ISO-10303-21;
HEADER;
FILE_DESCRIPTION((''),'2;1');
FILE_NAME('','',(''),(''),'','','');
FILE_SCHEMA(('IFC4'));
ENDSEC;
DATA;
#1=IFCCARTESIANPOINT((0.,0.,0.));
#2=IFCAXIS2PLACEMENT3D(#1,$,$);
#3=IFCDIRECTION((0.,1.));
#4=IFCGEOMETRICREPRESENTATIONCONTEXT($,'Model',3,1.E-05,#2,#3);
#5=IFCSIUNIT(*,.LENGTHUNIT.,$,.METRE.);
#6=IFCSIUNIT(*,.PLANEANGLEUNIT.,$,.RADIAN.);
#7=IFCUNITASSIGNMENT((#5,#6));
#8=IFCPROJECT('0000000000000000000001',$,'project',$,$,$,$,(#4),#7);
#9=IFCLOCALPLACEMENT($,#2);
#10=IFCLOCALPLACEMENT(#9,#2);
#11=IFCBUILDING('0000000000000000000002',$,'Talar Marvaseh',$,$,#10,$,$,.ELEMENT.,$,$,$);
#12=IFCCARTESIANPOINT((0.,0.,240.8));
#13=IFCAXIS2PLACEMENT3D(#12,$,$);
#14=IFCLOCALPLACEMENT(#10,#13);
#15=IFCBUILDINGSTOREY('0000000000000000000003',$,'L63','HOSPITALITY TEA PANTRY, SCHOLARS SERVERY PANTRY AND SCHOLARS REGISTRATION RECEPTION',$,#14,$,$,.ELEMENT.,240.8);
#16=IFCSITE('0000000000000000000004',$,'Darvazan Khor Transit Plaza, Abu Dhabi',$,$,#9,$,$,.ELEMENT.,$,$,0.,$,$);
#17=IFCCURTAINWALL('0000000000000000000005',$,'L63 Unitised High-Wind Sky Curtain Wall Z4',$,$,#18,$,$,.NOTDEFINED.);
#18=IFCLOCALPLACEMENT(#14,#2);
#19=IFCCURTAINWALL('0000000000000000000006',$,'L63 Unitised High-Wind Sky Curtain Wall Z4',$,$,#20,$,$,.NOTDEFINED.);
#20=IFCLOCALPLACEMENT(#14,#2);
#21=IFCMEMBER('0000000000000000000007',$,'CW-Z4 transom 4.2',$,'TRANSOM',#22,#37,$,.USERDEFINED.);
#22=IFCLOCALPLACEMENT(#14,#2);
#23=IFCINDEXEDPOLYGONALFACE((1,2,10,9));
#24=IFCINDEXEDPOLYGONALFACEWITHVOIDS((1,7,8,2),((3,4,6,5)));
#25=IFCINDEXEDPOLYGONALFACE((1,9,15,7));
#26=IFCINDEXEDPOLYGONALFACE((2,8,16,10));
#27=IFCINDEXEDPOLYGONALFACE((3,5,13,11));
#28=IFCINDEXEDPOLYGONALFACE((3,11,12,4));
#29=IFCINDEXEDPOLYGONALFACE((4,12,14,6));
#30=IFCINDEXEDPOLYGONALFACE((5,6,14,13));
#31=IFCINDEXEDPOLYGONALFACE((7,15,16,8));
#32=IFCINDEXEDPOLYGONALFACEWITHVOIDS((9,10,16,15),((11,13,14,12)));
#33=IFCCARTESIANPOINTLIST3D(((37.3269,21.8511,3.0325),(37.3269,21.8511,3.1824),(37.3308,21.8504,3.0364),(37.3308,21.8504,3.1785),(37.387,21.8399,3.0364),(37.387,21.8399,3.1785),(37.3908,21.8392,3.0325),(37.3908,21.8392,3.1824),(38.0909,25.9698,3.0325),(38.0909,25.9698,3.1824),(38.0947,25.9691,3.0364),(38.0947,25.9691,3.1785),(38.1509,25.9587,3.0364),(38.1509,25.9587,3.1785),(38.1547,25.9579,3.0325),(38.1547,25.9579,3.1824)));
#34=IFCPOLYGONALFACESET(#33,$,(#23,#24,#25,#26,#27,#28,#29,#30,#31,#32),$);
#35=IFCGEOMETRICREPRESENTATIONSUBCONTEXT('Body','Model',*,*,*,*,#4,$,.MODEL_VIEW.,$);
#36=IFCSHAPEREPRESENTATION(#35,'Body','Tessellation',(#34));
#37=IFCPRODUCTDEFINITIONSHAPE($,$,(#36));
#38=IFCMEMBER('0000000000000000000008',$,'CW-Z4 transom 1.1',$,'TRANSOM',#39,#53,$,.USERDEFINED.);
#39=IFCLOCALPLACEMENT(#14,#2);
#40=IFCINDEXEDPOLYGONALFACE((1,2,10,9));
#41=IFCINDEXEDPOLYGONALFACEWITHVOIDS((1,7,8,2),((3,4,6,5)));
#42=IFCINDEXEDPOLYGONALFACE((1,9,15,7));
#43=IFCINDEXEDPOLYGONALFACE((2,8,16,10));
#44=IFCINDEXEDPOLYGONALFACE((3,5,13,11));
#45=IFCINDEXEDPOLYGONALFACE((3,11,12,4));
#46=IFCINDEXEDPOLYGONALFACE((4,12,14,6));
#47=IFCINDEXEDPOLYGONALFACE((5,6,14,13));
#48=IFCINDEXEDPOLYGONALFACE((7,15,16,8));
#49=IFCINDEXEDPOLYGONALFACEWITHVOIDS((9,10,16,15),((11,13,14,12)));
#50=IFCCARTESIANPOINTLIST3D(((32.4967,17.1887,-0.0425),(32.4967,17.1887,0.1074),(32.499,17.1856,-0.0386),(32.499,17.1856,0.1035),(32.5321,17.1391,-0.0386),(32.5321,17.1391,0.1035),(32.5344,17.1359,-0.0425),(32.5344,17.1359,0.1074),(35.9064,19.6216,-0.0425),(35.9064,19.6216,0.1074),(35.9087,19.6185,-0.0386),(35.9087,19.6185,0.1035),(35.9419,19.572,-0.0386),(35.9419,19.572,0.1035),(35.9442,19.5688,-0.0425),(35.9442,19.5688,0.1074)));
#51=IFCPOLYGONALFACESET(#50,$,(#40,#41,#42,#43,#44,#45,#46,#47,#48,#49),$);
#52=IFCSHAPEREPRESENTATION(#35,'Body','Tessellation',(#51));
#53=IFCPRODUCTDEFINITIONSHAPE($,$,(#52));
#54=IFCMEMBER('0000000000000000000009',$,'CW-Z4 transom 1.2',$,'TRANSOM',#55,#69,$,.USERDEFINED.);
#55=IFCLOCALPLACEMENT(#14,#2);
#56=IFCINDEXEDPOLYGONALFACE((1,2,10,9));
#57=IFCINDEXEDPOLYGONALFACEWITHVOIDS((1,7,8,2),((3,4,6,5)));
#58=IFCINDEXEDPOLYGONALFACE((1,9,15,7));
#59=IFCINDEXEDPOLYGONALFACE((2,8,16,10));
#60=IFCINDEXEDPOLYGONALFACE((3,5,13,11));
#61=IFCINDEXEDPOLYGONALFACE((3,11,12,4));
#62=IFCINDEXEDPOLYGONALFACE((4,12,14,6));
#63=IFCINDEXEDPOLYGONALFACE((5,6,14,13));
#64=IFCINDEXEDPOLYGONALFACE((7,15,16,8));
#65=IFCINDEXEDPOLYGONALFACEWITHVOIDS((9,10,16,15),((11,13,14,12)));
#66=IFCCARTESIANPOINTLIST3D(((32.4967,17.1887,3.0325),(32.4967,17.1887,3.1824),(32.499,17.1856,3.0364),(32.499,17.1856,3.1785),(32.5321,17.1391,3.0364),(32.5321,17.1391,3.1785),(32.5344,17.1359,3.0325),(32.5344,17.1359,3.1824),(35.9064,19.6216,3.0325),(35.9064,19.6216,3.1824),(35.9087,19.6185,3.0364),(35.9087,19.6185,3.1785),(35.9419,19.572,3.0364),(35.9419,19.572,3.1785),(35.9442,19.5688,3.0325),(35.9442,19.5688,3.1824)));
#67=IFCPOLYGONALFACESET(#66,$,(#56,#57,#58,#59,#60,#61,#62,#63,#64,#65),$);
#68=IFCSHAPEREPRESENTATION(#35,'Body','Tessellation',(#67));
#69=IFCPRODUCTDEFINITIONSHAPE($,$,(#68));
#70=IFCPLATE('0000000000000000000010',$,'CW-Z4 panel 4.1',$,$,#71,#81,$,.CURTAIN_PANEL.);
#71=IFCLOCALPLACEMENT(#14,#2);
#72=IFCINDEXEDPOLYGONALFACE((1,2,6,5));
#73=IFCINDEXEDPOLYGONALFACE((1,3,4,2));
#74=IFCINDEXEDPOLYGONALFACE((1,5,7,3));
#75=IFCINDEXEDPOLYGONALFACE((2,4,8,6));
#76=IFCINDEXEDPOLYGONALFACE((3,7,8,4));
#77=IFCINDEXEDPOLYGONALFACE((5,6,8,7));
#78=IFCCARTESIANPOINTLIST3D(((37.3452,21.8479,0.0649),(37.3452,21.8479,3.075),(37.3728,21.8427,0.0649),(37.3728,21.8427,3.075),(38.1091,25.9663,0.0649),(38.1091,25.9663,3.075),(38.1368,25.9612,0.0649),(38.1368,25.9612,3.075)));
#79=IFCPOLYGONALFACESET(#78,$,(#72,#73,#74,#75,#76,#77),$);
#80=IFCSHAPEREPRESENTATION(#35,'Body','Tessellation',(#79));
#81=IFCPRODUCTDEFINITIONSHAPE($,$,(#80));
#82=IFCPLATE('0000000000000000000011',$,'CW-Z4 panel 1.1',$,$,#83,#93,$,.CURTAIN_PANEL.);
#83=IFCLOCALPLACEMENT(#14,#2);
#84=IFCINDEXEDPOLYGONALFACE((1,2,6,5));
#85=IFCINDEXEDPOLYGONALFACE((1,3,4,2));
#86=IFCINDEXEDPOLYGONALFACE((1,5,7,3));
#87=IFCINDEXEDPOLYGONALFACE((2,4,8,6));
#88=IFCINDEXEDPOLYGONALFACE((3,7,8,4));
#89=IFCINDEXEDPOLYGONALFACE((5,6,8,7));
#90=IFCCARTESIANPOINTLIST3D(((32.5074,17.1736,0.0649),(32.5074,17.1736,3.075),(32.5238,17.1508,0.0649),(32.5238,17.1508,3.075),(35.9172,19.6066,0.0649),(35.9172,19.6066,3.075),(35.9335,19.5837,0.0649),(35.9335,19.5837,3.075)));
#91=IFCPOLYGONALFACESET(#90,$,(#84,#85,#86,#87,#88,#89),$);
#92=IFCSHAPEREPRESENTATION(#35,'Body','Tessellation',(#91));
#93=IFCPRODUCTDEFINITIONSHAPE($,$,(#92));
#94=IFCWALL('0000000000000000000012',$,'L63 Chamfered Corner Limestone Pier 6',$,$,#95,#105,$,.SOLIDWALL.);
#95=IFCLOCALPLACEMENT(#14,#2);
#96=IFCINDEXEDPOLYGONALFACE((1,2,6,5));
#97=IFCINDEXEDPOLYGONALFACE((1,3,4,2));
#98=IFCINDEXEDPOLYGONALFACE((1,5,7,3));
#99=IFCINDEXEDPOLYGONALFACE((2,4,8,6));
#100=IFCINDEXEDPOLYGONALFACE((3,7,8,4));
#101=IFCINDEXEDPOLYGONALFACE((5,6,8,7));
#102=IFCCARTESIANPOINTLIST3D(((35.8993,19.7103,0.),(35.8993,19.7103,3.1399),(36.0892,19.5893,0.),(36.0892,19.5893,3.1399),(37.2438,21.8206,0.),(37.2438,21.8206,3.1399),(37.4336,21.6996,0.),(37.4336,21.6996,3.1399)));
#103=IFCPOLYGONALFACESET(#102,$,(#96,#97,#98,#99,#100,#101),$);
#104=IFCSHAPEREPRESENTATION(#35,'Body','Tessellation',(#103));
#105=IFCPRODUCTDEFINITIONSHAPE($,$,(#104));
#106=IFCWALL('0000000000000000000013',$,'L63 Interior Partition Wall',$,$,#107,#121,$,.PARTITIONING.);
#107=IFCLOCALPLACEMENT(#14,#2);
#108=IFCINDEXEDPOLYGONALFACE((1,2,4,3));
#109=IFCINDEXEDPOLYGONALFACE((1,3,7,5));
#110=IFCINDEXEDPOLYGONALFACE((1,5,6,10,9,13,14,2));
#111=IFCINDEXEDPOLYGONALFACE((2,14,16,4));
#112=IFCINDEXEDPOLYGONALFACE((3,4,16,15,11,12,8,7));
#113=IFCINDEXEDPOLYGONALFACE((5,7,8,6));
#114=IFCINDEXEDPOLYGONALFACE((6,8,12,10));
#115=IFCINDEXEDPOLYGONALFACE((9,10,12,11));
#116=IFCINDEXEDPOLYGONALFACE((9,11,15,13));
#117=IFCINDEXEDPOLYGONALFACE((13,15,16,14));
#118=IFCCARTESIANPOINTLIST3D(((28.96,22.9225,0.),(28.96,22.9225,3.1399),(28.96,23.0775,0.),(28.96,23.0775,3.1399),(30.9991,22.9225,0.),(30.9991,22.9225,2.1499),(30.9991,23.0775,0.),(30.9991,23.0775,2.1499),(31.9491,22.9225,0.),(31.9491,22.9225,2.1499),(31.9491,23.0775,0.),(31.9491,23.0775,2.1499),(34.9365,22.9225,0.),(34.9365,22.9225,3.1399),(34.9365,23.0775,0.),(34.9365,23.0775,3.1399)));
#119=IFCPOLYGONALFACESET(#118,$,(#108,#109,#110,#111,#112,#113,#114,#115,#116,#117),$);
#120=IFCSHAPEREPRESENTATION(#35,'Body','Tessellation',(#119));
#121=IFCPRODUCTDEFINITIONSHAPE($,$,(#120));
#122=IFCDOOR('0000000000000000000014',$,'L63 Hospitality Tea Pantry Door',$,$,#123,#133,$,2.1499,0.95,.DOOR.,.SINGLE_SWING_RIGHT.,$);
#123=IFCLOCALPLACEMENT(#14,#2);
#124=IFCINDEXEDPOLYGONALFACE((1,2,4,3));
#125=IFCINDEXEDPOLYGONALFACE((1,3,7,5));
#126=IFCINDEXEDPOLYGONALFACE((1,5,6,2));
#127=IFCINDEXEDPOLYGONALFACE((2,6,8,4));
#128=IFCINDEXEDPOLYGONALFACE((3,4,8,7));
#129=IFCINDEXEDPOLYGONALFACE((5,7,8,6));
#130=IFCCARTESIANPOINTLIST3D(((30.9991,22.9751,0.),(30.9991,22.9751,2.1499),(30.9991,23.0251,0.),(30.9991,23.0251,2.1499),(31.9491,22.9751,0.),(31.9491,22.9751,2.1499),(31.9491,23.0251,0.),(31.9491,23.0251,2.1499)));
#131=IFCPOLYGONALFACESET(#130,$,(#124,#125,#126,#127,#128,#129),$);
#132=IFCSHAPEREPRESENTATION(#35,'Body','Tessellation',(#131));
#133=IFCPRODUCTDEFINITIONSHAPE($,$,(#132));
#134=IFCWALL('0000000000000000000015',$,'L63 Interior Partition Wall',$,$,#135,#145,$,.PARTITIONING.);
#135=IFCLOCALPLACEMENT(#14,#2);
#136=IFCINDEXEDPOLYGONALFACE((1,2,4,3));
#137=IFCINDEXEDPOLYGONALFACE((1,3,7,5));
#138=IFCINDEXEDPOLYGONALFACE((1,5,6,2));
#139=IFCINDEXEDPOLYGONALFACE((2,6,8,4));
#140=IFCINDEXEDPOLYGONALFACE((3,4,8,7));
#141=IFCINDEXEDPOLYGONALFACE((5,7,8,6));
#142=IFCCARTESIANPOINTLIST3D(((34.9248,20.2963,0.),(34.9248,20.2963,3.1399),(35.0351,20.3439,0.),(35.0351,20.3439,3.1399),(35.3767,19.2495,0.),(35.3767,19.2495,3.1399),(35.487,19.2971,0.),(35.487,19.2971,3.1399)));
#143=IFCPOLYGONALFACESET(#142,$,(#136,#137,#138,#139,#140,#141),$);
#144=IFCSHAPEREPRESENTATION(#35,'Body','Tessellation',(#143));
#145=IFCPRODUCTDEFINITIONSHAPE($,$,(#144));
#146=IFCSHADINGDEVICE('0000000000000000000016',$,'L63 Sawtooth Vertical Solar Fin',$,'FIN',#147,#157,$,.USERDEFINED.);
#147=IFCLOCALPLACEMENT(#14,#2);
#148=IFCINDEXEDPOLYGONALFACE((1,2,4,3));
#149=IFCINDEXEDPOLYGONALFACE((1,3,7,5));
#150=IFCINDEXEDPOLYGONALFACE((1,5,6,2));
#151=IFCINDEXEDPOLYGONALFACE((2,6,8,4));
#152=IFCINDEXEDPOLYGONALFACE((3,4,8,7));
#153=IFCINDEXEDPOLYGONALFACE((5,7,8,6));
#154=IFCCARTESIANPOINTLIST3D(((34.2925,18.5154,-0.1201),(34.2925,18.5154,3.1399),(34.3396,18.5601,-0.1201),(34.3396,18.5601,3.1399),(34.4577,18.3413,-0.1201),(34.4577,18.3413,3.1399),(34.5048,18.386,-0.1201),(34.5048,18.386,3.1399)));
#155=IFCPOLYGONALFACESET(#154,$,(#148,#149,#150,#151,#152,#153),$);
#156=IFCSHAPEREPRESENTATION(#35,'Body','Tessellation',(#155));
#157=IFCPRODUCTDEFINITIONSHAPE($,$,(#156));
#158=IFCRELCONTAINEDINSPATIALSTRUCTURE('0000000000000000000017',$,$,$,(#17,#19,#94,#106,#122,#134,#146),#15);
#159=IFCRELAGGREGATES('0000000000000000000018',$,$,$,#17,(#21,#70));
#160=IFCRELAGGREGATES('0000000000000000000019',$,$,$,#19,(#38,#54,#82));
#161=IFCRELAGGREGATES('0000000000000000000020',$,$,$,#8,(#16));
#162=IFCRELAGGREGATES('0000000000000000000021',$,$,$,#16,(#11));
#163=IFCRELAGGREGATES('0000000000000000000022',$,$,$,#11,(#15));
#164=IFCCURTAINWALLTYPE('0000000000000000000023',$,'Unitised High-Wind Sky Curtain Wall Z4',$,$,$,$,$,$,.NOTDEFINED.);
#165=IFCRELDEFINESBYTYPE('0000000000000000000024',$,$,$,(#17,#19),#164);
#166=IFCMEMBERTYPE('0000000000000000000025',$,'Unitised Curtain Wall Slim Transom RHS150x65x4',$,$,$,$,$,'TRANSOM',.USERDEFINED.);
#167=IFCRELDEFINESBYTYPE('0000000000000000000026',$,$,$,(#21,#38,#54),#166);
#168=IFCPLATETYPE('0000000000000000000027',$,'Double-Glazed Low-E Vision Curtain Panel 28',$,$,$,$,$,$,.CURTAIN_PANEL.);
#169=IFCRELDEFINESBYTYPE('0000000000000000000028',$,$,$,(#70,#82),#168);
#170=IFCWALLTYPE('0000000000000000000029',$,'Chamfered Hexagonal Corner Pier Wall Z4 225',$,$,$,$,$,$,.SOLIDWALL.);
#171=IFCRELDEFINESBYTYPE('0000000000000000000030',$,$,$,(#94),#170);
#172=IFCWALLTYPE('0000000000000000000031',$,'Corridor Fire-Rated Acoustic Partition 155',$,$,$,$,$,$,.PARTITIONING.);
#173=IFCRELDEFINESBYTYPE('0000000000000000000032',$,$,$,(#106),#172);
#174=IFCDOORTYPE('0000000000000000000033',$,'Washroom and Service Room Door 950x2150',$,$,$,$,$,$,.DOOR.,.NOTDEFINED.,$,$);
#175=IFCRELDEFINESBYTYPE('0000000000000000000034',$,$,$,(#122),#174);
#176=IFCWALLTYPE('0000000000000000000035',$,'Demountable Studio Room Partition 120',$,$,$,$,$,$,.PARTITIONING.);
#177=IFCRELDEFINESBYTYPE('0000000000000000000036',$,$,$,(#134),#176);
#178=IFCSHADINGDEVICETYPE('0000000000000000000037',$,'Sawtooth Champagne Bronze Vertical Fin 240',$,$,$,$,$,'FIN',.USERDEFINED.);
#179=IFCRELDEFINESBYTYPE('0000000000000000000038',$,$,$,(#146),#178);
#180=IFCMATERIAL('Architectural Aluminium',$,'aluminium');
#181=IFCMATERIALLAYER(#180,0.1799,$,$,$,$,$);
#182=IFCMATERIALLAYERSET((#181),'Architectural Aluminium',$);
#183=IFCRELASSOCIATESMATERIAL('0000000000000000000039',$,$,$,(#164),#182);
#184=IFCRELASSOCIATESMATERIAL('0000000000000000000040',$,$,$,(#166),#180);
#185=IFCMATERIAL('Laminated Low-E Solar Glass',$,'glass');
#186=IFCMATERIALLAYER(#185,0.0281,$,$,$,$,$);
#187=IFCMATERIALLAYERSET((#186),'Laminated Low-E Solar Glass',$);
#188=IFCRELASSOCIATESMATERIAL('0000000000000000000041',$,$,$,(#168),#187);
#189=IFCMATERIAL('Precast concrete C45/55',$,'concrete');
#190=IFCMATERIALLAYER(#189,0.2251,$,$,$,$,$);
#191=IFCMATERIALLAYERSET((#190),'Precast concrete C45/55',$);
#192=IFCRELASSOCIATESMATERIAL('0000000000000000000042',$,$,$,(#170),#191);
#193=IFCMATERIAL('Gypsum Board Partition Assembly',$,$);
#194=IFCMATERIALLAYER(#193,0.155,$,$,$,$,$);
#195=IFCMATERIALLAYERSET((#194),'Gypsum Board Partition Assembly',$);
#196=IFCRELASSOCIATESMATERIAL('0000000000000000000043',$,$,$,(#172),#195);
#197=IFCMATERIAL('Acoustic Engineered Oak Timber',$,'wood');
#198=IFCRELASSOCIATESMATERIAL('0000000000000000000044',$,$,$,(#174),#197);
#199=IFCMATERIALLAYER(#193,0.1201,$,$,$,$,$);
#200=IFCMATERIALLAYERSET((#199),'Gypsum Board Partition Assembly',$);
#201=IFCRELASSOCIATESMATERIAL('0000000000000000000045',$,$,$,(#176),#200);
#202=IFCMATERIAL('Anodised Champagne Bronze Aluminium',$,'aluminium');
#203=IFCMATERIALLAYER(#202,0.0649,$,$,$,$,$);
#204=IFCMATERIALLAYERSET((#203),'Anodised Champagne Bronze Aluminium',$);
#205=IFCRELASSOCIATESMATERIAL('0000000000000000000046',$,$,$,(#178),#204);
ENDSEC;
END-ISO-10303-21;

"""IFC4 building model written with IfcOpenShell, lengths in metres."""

from ifc_helpers import new_model, si_unit, direction, frame, frame_2d, origin, origin_2d, place, context, subcontext, project, spatial, rectangle, hollow_rectangle, extrude, source, transform, mapped, material, layer, layer_set, material_profile, profile_set, type_object, type_shapes, element, fill, aggregate, save


model = new_model("IFC4")

# Units and contexts
model_context = context("Model", 3, precision=1e-05, world=origin(), true_north=direction((0.0, 1.0)))
body_context = subcontext(model_context, "Body", "Model", "MODEL_VIEW")
ifc_project = project(units=[si_unit("LENGTHUNIT", "METRE"), si_unit("PLANEANGLEUNIT", "RADIAN")], contexts=[model_context])

# Site, building, storey
site_placement = place(None, origin())
site = spatial("IfcSite", under=ifc_project, at=site_placement, Name="Darvazan Khor Transit Plaza, Abu Dhabi", CompositionType="ELEMENT", RefElevation=0.0)
building_placement = place(site_placement, origin())
building = spatial("IfcBuilding", under=site, at=building_placement, Name="Talar Marvaseh", CompositionType="ELEMENT")
storey_placement = place(building_placement, frame((0.0, 0.0, 240.8)))
storey = spatial("IfcBuildingStorey", under=building, at=storey_placement, Name="L63", Description="HOSPITALITY TEA PANTRY, SCHOLARS SERVERY PANTRY AND SCHOLARS REGISTRATION RECEPTION", CompositionType="ELEMENT", Elevation=240.8)

# Curtain wall
ifc_material_1 = material(Name="Architectural Aluminium", Category="aluminium")
ifc_layer_1 = layer(ifc_material_1, 0.1799)
ifc_layer_set_1 = layer_set([ifc_layer_1], Name="Architectural Aluminium")
curtain_wall_type = type_object("IfcCurtainWallType", Name="Unitised High-Wind Sky Curtain Wall Z4", PredefinedType="NOTDEFINED", material=ifc_layer_set_1)
curtain_wall_1_placement = place(storey_placement, origin())
curtain_wall_1 = element("IfcCurtainWall", 1, at=curtain_wall_1_placement, inside=storey, type_object=curtain_wall_type, Name="L63 Unitised High-Wind Sky Curtain Wall Z4", PredefinedType="NOTDEFINED")

# Curtain wall
curtain_wall_2_placement = place(storey_placement, origin())
curtain_wall_2 = element("IfcCurtainWall", 2, at=curtain_wall_2_placement, inside=storey, type_object=curtain_wall_type, Name="L63 Unitised High-Wind Sky Curtain Wall Z4", PredefinedType="NOTDEFINED")

# Members
ifc_material_profile_1 = material_profile(ifc_material_1, hollow_rectangle(XDim=0.0649, YDim=0.1499, WallThickness=0.0039, at=origin_2d()), Name="RHS150x65x4")
ifc_profile_set_1 = profile_set([ifc_material_profile_1], Name="Architectural Aluminium")
member_type_1 = type_object("IfcMemberType", Name="Unitised Curtain Wall Slim Transom RHS150x65x4", ElementType="TRANSOM", PredefinedType="USERDEFINED", material=ifc_profile_set_1)
shared_shape_1 = source(origin(), body_context, "Body", "SweptSolid", [
    extrude(hollow_rectangle(XDim=0.0649, YDim=0.1499, WallThickness=0.0039, at=origin_2d()), origin(), (0.0, 0.0, 1.0), 4.189),
])
member_1_placement = place(storey_placement, frame((38.1228, 25.9639, 3.1074), z_axis=(-0.182367, -0.983231, 0.0), x_axis=(0.983231, -0.182367, 0.0)))
member_1 = element("IfcMember", 3, at=member_1_placement, type_object=member_type_1, Name="CW-Z4 transom 4.2", ObjectType="TRANSOM", PredefinedType="USERDEFINED", context=body_context, shape_type="MappedRepresentation", body=[
    mapped(shared_shape_1, transform((0.0, 0.0, 0.0), x_axis=(1.0, 0.0, 0.0), y_axis=(0.0, 1.0, 0.0), z_axis=(0.0, 0.0, 1.0), scale=1.0)),
])
shared_shape_2 = source(origin(), body_context, "Body", "SweptSolid", [
    extrude(hollow_rectangle(XDim=0.0649, YDim=0.1499, WallThickness=0.0039, at=origin_2d()), origin(), (0.0, 0.0, 1.0), 4.1887),
])
type_shapes(member_type_1, [shared_shape_1, shared_shape_2])
member_2_placement = place(storey_placement, frame((35.9253, 19.5952, 0.0325), z_axis=(-0.814029, -0.580825, 0.0), x_axis=(0.580825, -0.814029, 0.0)))
member_2 = element("IfcMember", 4, at=member_2_placement, type_object=member_type_1, Name="CW-Z4 transom 1.1", ObjectType="TRANSOM", PredefinedType="USERDEFINED", context=body_context, shape_type="MappedRepresentation", body=[
    mapped(shared_shape_2, transform((0.0, 0.0, 0.0), x_axis=(1.0, 0.0, 0.0), y_axis=(0.0, 1.0, 0.0), z_axis=(0.0, 0.0, 1.0), scale=1.0)),
])
member_3_placement = place(storey_placement, frame((35.9253, 19.5952, 3.1074), z_axis=(-0.814029, -0.580825, 0.0), x_axis=(0.580825, -0.814029, 0.0)))
member_3 = element("IfcMember", 5, at=member_3_placement, type_object=member_type_1, Name="CW-Z4 transom 1.2", ObjectType="TRANSOM", PredefinedType="USERDEFINED", context=body_context, shape_type="MappedRepresentation", body=[
    mapped(shared_shape_2, transform((0.0, 0.0, 0.0), x_axis=(1.0, 0.0, 0.0), y_axis=(0.0, 1.0, 0.0), z_axis=(0.0, 0.0, 1.0), scale=1.0)),
])

# Plates
ifc_material_2 = material(Name="Laminated Low-E Solar Glass", Category="glass")
ifc_layer_2 = layer(ifc_material_2, 0.0281)
ifc_layer_set_2 = layer_set([ifc_layer_2], Name="Laminated Low-E Solar Glass")
plate_type = type_object("IfcPlateType", Name="Double-Glazed Low-E Vision Curtain Panel 28", PredefinedType="CURTAIN_PANEL", material=ifc_layer_set_2)
shared_shape_3 = source(origin(), body_context, "Body", "SweptSolid", [
    extrude(rectangle(XDim=4.1887, YDim=0.0281, at=origin_2d()), origin(), (0.0, 0.0, 1.0), 3.01),
])
type_shapes(plate_type, [shared_shape_3])
plate_1_placement = place(storey_placement, frame((37.741, 23.9045, 0.0649), z_axis=(0.0, 0.0, 1.0), x_axis=(-0.182386, -0.983227, 0.0)))
plate_1 = element("IfcPlate", 6, at=plate_1_placement, type_object=plate_type, Name="CW-Z4 panel 4.1", PredefinedType="CURTAIN_PANEL", context=body_context, shape_type="MappedRepresentation", body=[
    mapped(shared_shape_3, transform((0.0, 0.0, 0.0), x_axis=(1.0, 0.0, 0.0), y_axis=(0.0, 1.0, 0.0), z_axis=(0.0, 0.0, 1.0), scale=1.0)),
])
aggregate(curtain_wall_1, [member_1, plate_1])
plate_2_placement = place(storey_placement, frame((34.2205, 18.3787, 0.0649), z_axis=(0.0, 0.0, 1.0), x_axis=(-0.814024, -0.580831, 0.0)))
plate_2 = element("IfcPlate", 7, at=plate_2_placement, type_object=plate_type, Name="CW-Z4 panel 1.1", PredefinedType="CURTAIN_PANEL", context=body_context, shape_type="MappedRepresentation", body=[
    mapped(shared_shape_3, transform((0.0, 0.0, 0.0), x_axis=(1.0, 0.0, 0.0), y_axis=(0.0, 1.0, 0.0), z_axis=(0.0, 0.0, 1.0), scale=1.0)),
])
aggregate(curtain_wall_2, [member_2, member_3, plate_2])

# Wall
ifc_material_3 = material(Name="Precast concrete C45/55", Category="concrete")
ifc_layer_3 = layer(ifc_material_3, 0.2251)
ifc_layer_set_3 = layer_set([ifc_layer_3], Name="Precast concrete C45/55")
wall_type_1 = type_object("IfcWallType", Name="Chamfered Hexagonal Corner Pier Wall Z4 225", PredefinedType="SOLIDWALL", material=ifc_layer_set_3)
wall_1_placement = place(storey_placement, frame((37.3386, 21.76, 0.0), z_axis=(0.0, 0.0, 1.0), x_axis=(-0.537311, -0.843384, 0.0)))
element("IfcWall", 8, at=wall_1_placement, inside=storey, type_object=wall_type_1, Name="L63 Chamfered Corner Limestone Pier 6", PredefinedType="SOLIDWALL", context=body_context, shape_type="SweptSolid", body=[
    extrude(rectangle(XDim=2.5022, YDim=0.2251, at=frame_2d((1.251, 0.0))), origin(), (0.0, 0.0, 1.0), 3.1399),
])

# Wall, opening, door
ifc_material_4 = material(Name="Gypsum Board Partition Assembly")
ifc_layer_4 = layer(ifc_material_4, 0.155)
ifc_layer_set_4 = layer_set([ifc_layer_4], Name="Gypsum Board Partition Assembly")
wall_type_2 = type_object("IfcWallType", Name="Corridor Fire-Rated Acoustic Partition 155", PredefinedType="PARTITIONING", material=ifc_layer_set_4)
wall_2_placement = place(storey_placement, frame((34.9365, 23.0, 0.0), z_axis=(0.0, 0.0, 1.0), x_axis=(-1.0, 0.0, 0.0)))
wall_2 = element("IfcWall", 9, at=wall_2_placement, inside=storey, type_object=wall_type_2, Name="L63 Interior Partition Wall", PredefinedType="PARTITIONING", context=body_context, shape_type="SweptSolid", body=[
    extrude(rectangle(XDim=5.9766, YDim=0.155, at=frame_2d((2.9883, 0.0))), origin(), (0.0, 0.0, 1.0), 3.1399),
])
opening_placement = place(wall_2_placement, frame((2.9873, 0.0, 0.0)))
opening = element("IfcOpeningElement", 10, at=opening_placement, cuts=wall_2, PredefinedType="OPENING", context=body_context, shape_type="SweptSolid", body=[
    extrude(rectangle(XDim=0.95, YDim=2.1499, at=frame_2d((0.4751, 1.075))), frame((0.0, 0.0874, 0.0), z_axis=(0.0, -1.0, 0.0), x_axis=(1.0, 0.0, 0.0)), (0.0, 0.0, 1.0), 0.175),
])
ifc_material_5 = material(Name="Acoustic Engineered Oak Timber", Category="wood")
door_type = type_object("IfcDoorType", Name="Washroom and Service Room Door 950x2150", OperationType="NOTDEFINED", PredefinedType="DOOR", material=ifc_material_5)
shared_shape_4 = source(origin(), body_context, "Body", "SweptSolid", [
    extrude(rectangle(XDim=0.95, YDim=2.1499, at=frame_2d((0.4751, 1.075))), frame((0.0, 0.0249, 0.0), z_axis=(0.0, -1.0, 0.0), x_axis=(1.0, 0.0, 0.0)), (0.0, 0.0, 1.0), 0.05),
])
type_shapes(door_type, [shared_shape_4])
door_placement = place(opening_placement, origin())
door = element("IfcDoor", 11, at=door_placement, inside=storey, type_object=door_type, Name="L63 Hospitality Tea Pantry Door", OperationType="SINGLE_SWING_RIGHT", OverallHeight=2.1499, OverallWidth=0.95, PredefinedType="DOOR", context=body_context, shape_type="MappedRepresentation", body=[
    mapped(shared_shape_4, transform((0.0, 0.0, 0.0), x_axis=(1.0, 0.0, 0.0), y_axis=(0.0, 1.0, 0.0), z_axis=(0.0, 0.0, 1.0), scale=1.0)),
])
fill(opening, door)

# Wall
ifc_layer_5 = layer(ifc_material_4, 0.1201)
ifc_layer_set_5 = layer_set([ifc_layer_5], Name="Gypsum Board Partition Assembly")
wall_type_3 = type_object("IfcWallType", Name="Demountable Studio Room Partition 120", PredefinedType="PARTITIONING", material=ifc_layer_set_5)
wall_3_placement = place(storey_placement, frame((34.98, 20.3201, 0.0), z_axis=(0.0, 0.0, 1.0), x_axis=(0.396321, -0.918112, 0.0)))
element("IfcWall", 12, at=wall_3_placement, inside=storey, type_object=wall_type_3, Name="L63 Interior Partition Wall", PredefinedType="PARTITIONING", context=body_context, shape_type="SweptSolid", body=[
    extrude(rectangle(XDim=1.1401, YDim=0.1201, at=frame_2d((0.5701, 0.0))), origin(), (0.0, 0.0, 1.0), 3.1399),
])

# Shading device
ifc_material_6 = material(Name="Anodised Champagne Bronze Aluminium", Category="aluminium")
ifc_layer_6 = layer(ifc_material_6, 0.0649)
ifc_layer_set_6 = layer_set([ifc_layer_6], Name="Anodised Champagne Bronze Aluminium")
shading_device_type = type_object("IfcShadingDeviceType", Name="Sawtooth Champagne Bronze Vertical Fin 240", ElementType="FIN", PredefinedType="USERDEFINED", material=ifc_layer_set_6)
shared_shape_5 = source(origin(), body_context, "Body", "SweptSolid", [
    extrude(rectangle(XDim=0.24, YDim=0.0649, at=origin_2d()), origin(), (0.0, 0.0, 1.0), 3.26),
])
type_shapes(shading_device_type, [shared_shape_5])
shading_device_placement = place(storey_placement, frame((34.3987, 18.4507, -0.1201), z_axis=(0.0, 0.0, 1.0), x_axis=(0.688481, -0.725254, 0.0)))
element("IfcShadingDevice", 13, at=shading_device_placement, inside=storey, type_object=shading_device_type, Name="L63 Sawtooth Vertical Solar Fin", ObjectType="FIN", PredefinedType="USERDEFINED", context=body_context, shape_type="MappedRepresentation", body=[
    mapped(shared_shape_5, transform((0.0, 0.0, 0.0), x_axis=(1.0, 0.0, 0.0), y_axis=(0.0, 1.0, 0.0), z_axis=(0.0, 0.0, 1.0), scale=1.0)),
])

save(model, "model.ifc")
